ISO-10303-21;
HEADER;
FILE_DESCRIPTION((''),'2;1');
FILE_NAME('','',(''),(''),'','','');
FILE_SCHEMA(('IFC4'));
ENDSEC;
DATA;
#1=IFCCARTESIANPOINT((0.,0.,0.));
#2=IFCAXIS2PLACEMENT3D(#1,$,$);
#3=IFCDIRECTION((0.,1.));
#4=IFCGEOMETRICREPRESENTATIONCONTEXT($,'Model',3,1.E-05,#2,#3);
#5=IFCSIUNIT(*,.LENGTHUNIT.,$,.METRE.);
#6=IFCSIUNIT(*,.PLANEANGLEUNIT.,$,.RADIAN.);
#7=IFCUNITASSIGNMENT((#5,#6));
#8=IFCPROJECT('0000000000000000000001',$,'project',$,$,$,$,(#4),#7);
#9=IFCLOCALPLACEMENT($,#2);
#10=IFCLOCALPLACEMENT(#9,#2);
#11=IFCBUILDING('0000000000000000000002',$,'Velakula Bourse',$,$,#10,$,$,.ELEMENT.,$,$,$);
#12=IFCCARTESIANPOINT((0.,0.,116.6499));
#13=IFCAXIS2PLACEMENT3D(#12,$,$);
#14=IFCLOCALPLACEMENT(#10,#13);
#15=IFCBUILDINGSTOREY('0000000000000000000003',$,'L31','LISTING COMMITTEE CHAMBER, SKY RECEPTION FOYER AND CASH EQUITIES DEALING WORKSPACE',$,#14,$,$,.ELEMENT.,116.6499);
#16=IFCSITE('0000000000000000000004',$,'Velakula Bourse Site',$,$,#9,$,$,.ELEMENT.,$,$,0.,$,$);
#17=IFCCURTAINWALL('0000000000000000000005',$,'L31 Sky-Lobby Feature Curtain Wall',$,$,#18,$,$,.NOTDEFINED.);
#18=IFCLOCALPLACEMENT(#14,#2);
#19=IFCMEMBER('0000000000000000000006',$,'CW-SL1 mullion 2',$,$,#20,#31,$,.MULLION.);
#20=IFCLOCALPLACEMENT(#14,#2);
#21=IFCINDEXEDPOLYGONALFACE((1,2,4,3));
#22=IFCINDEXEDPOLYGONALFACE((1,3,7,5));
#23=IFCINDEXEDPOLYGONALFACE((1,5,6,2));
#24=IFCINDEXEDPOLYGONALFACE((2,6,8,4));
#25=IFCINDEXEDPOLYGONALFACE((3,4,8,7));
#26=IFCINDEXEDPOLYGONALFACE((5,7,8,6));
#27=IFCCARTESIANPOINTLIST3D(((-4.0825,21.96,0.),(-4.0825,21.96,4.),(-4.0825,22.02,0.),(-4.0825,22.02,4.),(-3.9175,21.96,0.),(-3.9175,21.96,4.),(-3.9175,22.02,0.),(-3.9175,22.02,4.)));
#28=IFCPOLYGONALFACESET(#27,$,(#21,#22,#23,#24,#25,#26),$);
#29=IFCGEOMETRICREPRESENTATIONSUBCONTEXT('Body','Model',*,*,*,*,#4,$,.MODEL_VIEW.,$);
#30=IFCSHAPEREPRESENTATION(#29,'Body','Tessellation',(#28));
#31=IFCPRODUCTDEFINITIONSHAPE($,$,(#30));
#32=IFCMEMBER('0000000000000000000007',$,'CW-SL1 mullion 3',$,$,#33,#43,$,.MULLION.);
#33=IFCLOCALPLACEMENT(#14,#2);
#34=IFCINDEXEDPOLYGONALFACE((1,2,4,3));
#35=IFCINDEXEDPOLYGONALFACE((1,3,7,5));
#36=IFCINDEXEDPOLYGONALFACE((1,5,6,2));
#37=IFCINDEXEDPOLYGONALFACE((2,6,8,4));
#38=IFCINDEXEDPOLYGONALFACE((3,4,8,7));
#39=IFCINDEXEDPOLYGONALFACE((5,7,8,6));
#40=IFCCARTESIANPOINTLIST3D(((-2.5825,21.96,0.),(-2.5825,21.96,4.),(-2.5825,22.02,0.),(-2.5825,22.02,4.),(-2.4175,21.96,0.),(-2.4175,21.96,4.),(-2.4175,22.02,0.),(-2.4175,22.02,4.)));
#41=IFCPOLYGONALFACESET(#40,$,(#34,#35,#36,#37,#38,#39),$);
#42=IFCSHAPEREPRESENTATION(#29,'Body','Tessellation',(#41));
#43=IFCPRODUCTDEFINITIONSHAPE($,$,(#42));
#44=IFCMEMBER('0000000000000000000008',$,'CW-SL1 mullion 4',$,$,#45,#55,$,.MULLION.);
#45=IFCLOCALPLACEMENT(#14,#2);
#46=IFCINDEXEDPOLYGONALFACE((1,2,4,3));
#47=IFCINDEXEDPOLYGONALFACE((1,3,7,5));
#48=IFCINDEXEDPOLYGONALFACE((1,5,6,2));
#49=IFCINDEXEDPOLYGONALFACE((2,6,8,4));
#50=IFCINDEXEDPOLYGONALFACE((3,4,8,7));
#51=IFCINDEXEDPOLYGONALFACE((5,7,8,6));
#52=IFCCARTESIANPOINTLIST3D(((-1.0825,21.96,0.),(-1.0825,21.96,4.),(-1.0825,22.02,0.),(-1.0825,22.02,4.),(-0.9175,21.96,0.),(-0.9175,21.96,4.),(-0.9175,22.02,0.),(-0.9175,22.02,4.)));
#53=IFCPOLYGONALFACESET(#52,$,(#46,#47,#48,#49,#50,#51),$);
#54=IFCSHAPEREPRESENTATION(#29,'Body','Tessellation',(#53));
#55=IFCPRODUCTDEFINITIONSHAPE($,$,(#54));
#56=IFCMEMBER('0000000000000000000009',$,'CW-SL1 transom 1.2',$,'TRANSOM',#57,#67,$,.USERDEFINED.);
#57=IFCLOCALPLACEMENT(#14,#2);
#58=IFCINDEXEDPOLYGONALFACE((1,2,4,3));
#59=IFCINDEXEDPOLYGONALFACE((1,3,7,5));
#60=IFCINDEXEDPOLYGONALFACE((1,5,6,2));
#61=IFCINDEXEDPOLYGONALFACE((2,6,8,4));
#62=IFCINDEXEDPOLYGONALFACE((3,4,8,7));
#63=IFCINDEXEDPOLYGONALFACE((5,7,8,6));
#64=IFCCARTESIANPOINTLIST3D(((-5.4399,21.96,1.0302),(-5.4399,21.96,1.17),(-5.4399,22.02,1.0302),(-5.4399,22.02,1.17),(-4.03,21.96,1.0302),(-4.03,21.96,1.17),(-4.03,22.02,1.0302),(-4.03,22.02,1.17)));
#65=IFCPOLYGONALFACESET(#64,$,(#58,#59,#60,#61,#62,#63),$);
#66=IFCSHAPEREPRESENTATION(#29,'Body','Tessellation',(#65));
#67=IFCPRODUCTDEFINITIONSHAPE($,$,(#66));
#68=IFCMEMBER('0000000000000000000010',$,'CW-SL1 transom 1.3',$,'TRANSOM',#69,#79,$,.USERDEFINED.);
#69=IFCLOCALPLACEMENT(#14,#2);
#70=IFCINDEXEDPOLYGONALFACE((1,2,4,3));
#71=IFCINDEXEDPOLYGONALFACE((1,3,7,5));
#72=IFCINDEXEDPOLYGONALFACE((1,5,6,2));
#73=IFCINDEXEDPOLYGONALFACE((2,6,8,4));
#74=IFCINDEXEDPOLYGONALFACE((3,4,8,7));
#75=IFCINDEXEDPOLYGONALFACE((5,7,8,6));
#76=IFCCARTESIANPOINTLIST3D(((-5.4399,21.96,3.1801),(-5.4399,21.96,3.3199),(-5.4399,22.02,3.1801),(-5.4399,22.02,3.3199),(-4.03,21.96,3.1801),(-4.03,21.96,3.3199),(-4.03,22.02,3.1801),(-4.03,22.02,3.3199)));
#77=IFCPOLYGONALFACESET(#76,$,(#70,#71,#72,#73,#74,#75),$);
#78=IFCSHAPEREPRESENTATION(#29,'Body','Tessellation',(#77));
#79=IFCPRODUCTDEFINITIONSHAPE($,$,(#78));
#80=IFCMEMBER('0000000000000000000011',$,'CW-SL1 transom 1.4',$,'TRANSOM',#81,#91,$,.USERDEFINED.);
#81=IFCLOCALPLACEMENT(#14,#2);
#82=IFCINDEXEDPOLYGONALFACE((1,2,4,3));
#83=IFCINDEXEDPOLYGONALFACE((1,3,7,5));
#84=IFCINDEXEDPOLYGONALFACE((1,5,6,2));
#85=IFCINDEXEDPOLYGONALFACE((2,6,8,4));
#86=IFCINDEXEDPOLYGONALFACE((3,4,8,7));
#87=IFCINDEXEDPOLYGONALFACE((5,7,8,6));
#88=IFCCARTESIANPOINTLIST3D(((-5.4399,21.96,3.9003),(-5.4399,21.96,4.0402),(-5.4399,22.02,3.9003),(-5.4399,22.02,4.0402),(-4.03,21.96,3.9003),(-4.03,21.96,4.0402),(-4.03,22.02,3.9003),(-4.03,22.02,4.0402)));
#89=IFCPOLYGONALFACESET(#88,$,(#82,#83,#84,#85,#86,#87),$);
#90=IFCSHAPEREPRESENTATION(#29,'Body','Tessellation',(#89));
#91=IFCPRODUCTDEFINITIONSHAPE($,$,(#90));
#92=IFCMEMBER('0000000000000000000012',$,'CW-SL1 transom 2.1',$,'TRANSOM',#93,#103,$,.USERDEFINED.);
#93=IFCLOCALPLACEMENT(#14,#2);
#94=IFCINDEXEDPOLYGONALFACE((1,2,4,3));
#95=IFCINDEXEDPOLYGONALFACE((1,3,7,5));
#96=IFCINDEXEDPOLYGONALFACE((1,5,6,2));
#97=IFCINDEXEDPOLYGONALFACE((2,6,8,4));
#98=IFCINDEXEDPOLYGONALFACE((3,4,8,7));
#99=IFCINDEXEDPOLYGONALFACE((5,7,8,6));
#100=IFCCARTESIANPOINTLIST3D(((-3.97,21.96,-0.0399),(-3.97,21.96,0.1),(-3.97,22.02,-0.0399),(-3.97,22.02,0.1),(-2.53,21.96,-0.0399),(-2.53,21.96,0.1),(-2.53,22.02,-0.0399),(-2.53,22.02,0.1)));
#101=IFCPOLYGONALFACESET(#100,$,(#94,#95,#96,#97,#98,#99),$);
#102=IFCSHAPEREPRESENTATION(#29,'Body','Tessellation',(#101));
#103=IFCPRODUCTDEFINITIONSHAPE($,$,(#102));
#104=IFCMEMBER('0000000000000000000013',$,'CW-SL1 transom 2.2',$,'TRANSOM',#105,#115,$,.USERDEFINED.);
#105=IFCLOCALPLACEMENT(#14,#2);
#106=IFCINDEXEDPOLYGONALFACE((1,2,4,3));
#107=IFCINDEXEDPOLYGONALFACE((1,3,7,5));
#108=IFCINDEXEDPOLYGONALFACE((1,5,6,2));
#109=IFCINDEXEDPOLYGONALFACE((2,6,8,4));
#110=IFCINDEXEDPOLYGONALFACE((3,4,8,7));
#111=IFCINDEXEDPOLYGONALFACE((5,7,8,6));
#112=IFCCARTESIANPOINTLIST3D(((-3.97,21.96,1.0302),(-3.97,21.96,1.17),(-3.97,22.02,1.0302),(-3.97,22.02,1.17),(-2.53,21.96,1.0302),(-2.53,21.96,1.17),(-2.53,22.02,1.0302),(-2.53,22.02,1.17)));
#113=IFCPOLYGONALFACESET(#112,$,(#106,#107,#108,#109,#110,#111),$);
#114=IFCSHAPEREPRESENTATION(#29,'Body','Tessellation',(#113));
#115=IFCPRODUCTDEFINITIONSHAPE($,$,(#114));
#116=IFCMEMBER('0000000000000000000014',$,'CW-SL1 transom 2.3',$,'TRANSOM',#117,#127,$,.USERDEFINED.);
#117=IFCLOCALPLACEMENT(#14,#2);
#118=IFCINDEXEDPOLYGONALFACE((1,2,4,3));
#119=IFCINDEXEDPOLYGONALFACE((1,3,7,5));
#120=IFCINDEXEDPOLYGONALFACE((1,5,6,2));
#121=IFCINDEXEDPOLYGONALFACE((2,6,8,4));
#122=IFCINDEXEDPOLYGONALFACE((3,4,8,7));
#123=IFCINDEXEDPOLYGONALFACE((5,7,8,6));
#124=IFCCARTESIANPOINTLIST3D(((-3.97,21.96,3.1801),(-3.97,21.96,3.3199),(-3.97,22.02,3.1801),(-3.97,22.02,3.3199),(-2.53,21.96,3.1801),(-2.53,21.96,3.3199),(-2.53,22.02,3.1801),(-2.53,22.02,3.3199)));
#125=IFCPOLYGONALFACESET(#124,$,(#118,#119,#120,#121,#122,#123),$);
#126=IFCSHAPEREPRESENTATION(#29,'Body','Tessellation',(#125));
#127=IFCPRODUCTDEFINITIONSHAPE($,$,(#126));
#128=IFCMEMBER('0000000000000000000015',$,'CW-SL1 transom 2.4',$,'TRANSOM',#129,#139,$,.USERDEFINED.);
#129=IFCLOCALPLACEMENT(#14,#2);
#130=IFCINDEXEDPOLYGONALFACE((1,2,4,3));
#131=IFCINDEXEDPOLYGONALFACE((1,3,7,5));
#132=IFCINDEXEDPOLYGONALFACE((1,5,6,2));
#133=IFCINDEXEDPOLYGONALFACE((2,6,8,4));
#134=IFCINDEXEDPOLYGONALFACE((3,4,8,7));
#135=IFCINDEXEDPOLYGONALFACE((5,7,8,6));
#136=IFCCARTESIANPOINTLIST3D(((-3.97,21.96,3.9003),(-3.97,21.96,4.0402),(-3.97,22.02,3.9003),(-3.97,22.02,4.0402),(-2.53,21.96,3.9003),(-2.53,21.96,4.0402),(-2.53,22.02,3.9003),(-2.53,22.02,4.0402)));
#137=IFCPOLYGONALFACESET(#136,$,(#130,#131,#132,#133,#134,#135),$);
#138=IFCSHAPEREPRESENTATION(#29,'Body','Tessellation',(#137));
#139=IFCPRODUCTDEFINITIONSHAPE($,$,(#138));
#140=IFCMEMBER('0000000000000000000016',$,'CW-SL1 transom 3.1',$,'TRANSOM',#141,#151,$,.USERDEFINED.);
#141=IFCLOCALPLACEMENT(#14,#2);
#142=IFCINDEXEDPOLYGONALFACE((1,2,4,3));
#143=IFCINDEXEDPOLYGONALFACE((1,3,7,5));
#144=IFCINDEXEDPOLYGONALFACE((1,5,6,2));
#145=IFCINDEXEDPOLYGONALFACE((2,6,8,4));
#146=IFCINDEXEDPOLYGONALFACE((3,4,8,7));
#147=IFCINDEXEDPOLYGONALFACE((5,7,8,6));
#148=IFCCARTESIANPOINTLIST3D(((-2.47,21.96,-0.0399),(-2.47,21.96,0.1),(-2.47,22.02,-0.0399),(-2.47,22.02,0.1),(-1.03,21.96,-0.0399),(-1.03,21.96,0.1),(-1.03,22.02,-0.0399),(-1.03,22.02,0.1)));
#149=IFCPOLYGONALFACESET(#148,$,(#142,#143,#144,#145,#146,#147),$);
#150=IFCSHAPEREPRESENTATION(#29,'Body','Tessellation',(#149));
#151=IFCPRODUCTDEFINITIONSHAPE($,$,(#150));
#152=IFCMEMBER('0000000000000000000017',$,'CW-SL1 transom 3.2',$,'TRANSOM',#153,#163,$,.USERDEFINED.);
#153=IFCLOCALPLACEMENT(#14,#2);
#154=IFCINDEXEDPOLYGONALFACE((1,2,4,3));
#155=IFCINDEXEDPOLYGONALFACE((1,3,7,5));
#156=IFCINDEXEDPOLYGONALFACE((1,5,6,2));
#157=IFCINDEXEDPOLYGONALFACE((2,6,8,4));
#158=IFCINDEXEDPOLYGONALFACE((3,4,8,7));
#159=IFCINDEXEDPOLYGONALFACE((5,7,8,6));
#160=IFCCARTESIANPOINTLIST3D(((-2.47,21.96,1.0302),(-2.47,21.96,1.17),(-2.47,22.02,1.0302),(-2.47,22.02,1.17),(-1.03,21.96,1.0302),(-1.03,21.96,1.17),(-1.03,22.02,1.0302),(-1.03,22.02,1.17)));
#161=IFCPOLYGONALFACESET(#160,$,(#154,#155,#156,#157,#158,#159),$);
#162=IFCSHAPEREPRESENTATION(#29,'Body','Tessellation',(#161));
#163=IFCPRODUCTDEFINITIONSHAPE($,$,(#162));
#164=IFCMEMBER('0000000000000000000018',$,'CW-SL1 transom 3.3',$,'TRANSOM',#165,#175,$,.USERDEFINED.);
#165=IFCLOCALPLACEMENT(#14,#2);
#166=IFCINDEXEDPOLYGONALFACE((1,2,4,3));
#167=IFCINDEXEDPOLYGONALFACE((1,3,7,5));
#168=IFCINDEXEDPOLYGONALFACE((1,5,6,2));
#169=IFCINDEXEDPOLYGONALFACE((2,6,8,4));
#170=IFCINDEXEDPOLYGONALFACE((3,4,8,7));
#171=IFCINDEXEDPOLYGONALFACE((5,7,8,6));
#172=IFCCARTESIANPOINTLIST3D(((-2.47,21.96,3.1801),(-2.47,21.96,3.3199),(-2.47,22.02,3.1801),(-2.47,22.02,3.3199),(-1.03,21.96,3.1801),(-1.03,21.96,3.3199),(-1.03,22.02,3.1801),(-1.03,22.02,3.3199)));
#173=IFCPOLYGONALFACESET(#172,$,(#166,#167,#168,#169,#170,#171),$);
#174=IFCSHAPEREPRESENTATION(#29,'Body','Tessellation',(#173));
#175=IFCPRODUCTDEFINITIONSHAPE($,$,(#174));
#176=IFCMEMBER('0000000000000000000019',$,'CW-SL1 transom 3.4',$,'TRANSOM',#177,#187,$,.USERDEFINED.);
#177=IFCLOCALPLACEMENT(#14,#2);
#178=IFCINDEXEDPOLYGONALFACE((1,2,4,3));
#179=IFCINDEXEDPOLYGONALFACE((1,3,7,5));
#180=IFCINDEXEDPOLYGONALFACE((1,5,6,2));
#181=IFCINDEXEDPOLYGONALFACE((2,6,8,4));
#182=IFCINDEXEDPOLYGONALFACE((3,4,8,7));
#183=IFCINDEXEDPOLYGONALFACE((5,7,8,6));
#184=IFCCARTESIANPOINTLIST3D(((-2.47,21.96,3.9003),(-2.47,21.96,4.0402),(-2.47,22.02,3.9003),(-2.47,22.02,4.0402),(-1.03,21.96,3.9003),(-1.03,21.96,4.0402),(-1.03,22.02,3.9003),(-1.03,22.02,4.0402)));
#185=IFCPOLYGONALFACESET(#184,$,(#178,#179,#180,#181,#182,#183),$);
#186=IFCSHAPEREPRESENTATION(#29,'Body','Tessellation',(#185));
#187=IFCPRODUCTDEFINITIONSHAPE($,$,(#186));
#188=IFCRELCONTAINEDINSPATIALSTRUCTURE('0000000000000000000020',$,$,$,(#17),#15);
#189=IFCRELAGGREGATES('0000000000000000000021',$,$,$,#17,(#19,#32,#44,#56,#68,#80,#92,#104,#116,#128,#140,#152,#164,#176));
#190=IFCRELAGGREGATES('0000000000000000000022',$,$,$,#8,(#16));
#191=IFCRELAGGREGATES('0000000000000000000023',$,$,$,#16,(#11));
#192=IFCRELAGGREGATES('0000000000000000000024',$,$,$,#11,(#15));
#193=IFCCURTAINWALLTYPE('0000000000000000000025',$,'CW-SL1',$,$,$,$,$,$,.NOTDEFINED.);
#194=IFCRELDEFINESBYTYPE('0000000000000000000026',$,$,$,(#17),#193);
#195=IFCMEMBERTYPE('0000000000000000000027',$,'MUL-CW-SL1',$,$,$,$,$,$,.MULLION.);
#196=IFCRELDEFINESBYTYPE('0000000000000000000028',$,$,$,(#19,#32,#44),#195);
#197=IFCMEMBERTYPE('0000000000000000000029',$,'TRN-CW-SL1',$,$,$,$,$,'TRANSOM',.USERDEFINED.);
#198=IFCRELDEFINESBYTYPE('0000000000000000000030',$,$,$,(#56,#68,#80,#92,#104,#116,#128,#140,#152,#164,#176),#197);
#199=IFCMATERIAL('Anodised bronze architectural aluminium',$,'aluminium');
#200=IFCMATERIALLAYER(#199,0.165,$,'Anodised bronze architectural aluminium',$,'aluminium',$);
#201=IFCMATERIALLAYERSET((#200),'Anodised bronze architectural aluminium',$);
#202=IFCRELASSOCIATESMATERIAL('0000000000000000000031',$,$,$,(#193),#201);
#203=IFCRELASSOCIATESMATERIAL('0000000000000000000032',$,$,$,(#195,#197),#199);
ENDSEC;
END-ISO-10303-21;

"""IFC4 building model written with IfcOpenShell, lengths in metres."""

from ifc_helpers import new_model, si_unit, direction, frame, origin, origin_2d, place, context, subcontext, project, spatial, rectangle, extrude, material, layer, layer_set, material_profile, profile_set, type_object, element, aggregate, save


model = new_model("IFC4")

# Units and contexts
model_context = context("Model", 3, precision=1e-05, world=origin(), true_north=direction((0.0, 1.0)))
body_context = subcontext(model_context, "Body", "Model", "MODEL_VIEW")
ifc_project = project(units=[si_unit("LENGTHUNIT", "METRE"), si_unit("PLANEANGLEUNIT", "RADIAN")], contexts=[model_context])

# Site, building, storey
site_placement = place(None, origin())
site = spatial("IfcSite", under=ifc_project, at=site_placement, Name="Velakula Bourse Site", CompositionType="ELEMENT", RefElevation=0.0)
building_placement = place(site_placement, origin())
building = spatial("IfcBuilding", under=site, at=building_placement, Name="Velakula Bourse", CompositionType="ELEMENT")
storey_placement = place(building_placement, frame((0.0, 0.0, 116.6499)))
storey = spatial("IfcBuildingStorey", under=building, at=storey_placement, Name="L31", Description="LISTING COMMITTEE CHAMBER, SKY RECEPTION FOYER AND CASH EQUITIES DEALING WORKSPACE", CompositionType="ELEMENT", Elevation=116.6499)

# Curtain wall, members
ifc_material_1 = material(Name="Anodised bronze architectural aluminium", Category="aluminium")
ifc_layer_1 = layer(ifc_material_1, 0.165, Name="Anodised bronze architectural aluminium", Category="aluminium")
ifc_layer_set_1 = layer_set([ifc_layer_1], Name="Anodised bronze architectural aluminium")
curtain_wall_type = type_object("IfcCurtainWallType", Name="CW-SL1", PredefinedType="NOTDEFINED", material=ifc_layer_set_1)
curtain_wall_placement = place(storey_placement, origin())
curtain_wall = element("IfcCurtainWall", 1, at=curtain_wall_placement, inside=storey, type_object=curtain_wall_type, Name="L31 Sky-Lobby Feature Curtain Wall", PredefinedType="NOTDEFINED")
ifc_material_profile_1 = material_profile(ifc_material_1, rectangle(XDim=0.0601, YDim=0.165, at=origin_2d()), Name="Anodised bronze architectural aluminium")
ifc_profile_set_1 = profile_set([ifc_material_profile_1], Name="Anodised bronze architectural aluminium")
member_type_1 = type_object("IfcMemberType", Name="MUL-CW-SL1", PredefinedType="MULLION", material=ifc_profile_set_1)
member_1_placement = place(storey_placement, frame((-4.0, 21.99, 0.0), z_axis=(0.0, 0.0, 1.0), x_axis=(0.0, 1.0, 0.0)))
member_1 = element("IfcMember", 2, at=member_1_placement, type_object=member_type_1, Name="CW-SL1 mullion 2", PredefinedType="MULLION", context=body_context, shape_type="SweptSolid", body=[
    extrude(rectangle(XDim=0.0601, YDim=0.165, at=origin_2d()), origin(), (0.0, 0.0, 1.0), 4.0),
])
member_2_placement = place(storey_placement, frame((-2.5, 21.99, 0.0), z_axis=(0.0, 0.0, 1.0), x_axis=(0.0, 1.0, 0.0)))
member_2 = element("IfcMember", 3, at=member_2_placement, type_object=member_type_1, Name="CW-SL1 mullion 3", PredefinedType="MULLION", context=body_context, shape_type="SweptSolid", body=[
    extrude(rectangle(XDim=0.0601, YDim=0.165, at=origin_2d()), origin(), (0.0, 0.0, 1.0), 4.0),
])
member_3_placement = place(storey_placement, frame((-1.0, 21.99, 0.0), z_axis=(0.0, 0.0, 1.0), x_axis=(0.0, 1.0, 0.0)))
member_3 = element("IfcMember", 4, at=member_3_placement, type_object=member_type_1, Name="CW-SL1 mullion 4", PredefinedType="MULLION", context=body_context, shape_type="SweptSolid", body=[
    extrude(rectangle(XDim=0.0601, YDim=0.165, at=origin_2d()), origin(), (0.0, 0.0, 1.0), 4.0),
])
ifc_material_profile_2 = material_profile(ifc_material_1, rectangle(XDim=0.0601, YDim=0.1399, at=origin_2d()), Name="Anodised bronze architectural aluminium")
ifc_profile_set_2 = profile_set([ifc_material_profile_2], Name="Anodised bronze architectural aluminium")
member_type_2 = type_object("IfcMemberType", Name="TRN-CW-SL1", ElementType="TRANSOM", PredefinedType="USERDEFINED", material=ifc_profile_set_2)
member_4_placement = place(storey_placement, frame((-5.4399, 21.99, 1.1001), z_axis=(1.0, 0.0, 0.0), x_axis=(0.0, 1.0, 0.0)))
member_4 = element("IfcMember", 5, at=member_4_placement, type_object=member_type_2, Name="CW-SL1 transom 1.2", ObjectType="TRANSOM", PredefinedType="USERDEFINED", context=body_context, shape_type="SweptSolid", body=[
    extrude(rectangle(XDim=0.0601, YDim=0.1399, at=origin_2d()), origin(), (0.0, 0.0, 1.0), 1.4099),
])
member_5_placement = place(storey_placement, frame((-5.4399, 21.99, 3.25), z_axis=(1.0, 0.0, 0.0), x_axis=(0.0, 1.0, 0.0)))
member_5 = element("IfcMember", 6, at=member_5_placement, type_object=member_type_2, Name="CW-SL1 transom 1.3", ObjectType="TRANSOM", PredefinedType="USERDEFINED", context=body_context, shape_type="SweptSolid", body=[
    extrude(rectangle(XDim=0.0601, YDim=0.1399, at=origin_2d()), origin(), (0.0, 0.0, 1.0), 1.4099),
])
member_6_placement = place(storey_placement, frame((-5.4399, 21.99, 3.9702), z_axis=(1.0, 0.0, 0.0), x_axis=(0.0, 1.0, 0.0)))
member_6 = element("IfcMember", 7, at=member_6_placement, type_object=member_type_2, Name="CW-SL1 transom 1.4", ObjectType="TRANSOM", PredefinedType="USERDEFINED", context=body_context, shape_type="SweptSolid", body=[
    extrude(rectangle(XDim=0.0601, YDim=0.1399, at=origin_2d()), origin(), (0.0, 0.0, 1.0), 1.4099),
])
member_7_placement = place(storey_placement, frame((-3.97, 21.99, 0.03), z_axis=(1.0, 0.0, 0.0), x_axis=(0.0, 1.0, 0.0)))
member_7 = element("IfcMember", 8, at=member_7_placement, type_object=member_type_2, Name="CW-SL1 transom 2.1", ObjectType="TRANSOM", PredefinedType="USERDEFINED", context=body_context, shape_type="SweptSolid", body=[
    extrude(rectangle(XDim=0.0601, YDim=0.1399, at=origin_2d()), origin(), (0.0, 0.0, 1.0), 1.4399),
])
member_8_placement = place(storey_placement, frame((-3.97, 21.99, 1.1001), z_axis=(1.0, 0.0, 0.0), x_axis=(0.0, 1.0, 0.0)))
member_8 = element("IfcMember", 9, at=member_8_placement, type_object=member_type_2, Name="CW-SL1 transom 2.2", ObjectType="TRANSOM", PredefinedType="USERDEFINED", context=body_context, shape_type="SweptSolid", body=[
    extrude(rectangle(XDim=0.0601, YDim=0.1399, at=origin_2d()), origin(), (0.0, 0.0, 1.0), 1.4399),
])
member_9_placement = place(storey_placement, frame((-3.97, 21.99, 3.25), z_axis=(1.0, 0.0, 0.0), x_axis=(0.0, 1.0, 0.0)))
member_9 = element("IfcMember", 10, at=member_9_placement, type_object=member_type_2, Name="CW-SL1 transom 2.3", ObjectType="TRANSOM", PredefinedType="USERDEFINED", context=body_context, shape_type="SweptSolid", body=[
    extrude(rectangle(XDim=0.0601, YDim=0.1399, at=origin_2d()), origin(), (0.0, 0.0, 1.0), 1.4399),
])
member_10_placement = place(storey_placement, frame((-3.97, 21.99, 3.9702), z_axis=(1.0, 0.0, 0.0), x_axis=(0.0, 1.0, 0.0)))
member_10 = element("IfcMember", 11, at=member_10_placement, type_object=member_type_2, Name="CW-SL1 transom 2.4", ObjectType="TRANSOM", PredefinedType="USERDEFINED", context=body_context, shape_type="SweptSolid", body=[
    extrude(rectangle(XDim=0.0601, YDim=0.1399, at=origin_2d()), origin(), (0.0, 0.0, 1.0), 1.4399),
])
member_11_placement = place(storey_placement, frame((-2.47, 21.99, 0.03), z_axis=(1.0, 0.0, 0.0), x_axis=(0.0, 1.0, 0.0)))
member_11 = element("IfcMember", 12, at=member_11_placement, type_object=member_type_2, Name="CW-SL1 transom 3.1", ObjectType="TRANSOM", PredefinedType="USERDEFINED", context=body_context, shape_type="SweptSolid", body=[
    extrude(rectangle(XDim=0.0601, YDim=0.1399, at=origin_2d()), origin(), (0.0, 0.0, 1.0), 1.4399),
])
member_12_placement = place(storey_placement, frame((-2.47, 21.99, 1.1001), z_axis=(1.0, 0.0, 0.0), x_axis=(0.0, 1.0, 0.0)))
member_12 = element("IfcMember", 13, at=member_12_placement, type_object=member_type_2, Name="CW-SL1 transom 3.2", ObjectType="TRANSOM", PredefinedType="USERDEFINED", context=body_context, shape_type="SweptSolid", body=[
    extrude(rectangle(XDim=0.0601, YDim=0.1399, at=origin_2d()), origin(), (0.0, 0.0, 1.0), 1.4399),
])
member_13_placement = place(storey_placement, frame((-2.47, 21.99, 3.25), z_axis=(1.0, 0.0, 0.0), x_axis=(0.0, 1.0, 0.0)))
member_13 = element("IfcMember", 14, at=member_13_placement, type_object=member_type_2, Name="CW-SL1 transom 3.3", ObjectType="TRANSOM", PredefinedType="USERDEFINED", context=body_context, shape_type="SweptSolid", body=[
    extrude(rectangle(XDim=0.0601, YDim=0.1399, at=origin_2d()), origin(), (0.0, 0.0, 1.0), 1.4399),
])
member_14_placement = place(storey_placement, frame((-2.47, 21.99, 3.9702), z_axis=(1.0, 0.0, 0.0), x_axis=(0.0, 1.0, 0.0)))
member_14 = element("IfcMember", 15, at=member_14_placement, type_object=member_type_2, Name="CW-SL1 transom 3.4", ObjectType="TRANSOM", PredefinedType="USERDEFINED", context=body_context, shape_type="SweptSolid", body=[
    extrude(rectangle(XDim=0.0601, YDim=0.1399, at=origin_2d()), origin(), (0.0, 0.0, 1.0), 1.4399),
])
aggregate(curtain_wall, [member_1, member_2, member_3, member_4, member_5, member_6, member_7, member_8, member_9, member_10, member_11, member_12, member_13, member_14])

save(model, "model.ifc")
